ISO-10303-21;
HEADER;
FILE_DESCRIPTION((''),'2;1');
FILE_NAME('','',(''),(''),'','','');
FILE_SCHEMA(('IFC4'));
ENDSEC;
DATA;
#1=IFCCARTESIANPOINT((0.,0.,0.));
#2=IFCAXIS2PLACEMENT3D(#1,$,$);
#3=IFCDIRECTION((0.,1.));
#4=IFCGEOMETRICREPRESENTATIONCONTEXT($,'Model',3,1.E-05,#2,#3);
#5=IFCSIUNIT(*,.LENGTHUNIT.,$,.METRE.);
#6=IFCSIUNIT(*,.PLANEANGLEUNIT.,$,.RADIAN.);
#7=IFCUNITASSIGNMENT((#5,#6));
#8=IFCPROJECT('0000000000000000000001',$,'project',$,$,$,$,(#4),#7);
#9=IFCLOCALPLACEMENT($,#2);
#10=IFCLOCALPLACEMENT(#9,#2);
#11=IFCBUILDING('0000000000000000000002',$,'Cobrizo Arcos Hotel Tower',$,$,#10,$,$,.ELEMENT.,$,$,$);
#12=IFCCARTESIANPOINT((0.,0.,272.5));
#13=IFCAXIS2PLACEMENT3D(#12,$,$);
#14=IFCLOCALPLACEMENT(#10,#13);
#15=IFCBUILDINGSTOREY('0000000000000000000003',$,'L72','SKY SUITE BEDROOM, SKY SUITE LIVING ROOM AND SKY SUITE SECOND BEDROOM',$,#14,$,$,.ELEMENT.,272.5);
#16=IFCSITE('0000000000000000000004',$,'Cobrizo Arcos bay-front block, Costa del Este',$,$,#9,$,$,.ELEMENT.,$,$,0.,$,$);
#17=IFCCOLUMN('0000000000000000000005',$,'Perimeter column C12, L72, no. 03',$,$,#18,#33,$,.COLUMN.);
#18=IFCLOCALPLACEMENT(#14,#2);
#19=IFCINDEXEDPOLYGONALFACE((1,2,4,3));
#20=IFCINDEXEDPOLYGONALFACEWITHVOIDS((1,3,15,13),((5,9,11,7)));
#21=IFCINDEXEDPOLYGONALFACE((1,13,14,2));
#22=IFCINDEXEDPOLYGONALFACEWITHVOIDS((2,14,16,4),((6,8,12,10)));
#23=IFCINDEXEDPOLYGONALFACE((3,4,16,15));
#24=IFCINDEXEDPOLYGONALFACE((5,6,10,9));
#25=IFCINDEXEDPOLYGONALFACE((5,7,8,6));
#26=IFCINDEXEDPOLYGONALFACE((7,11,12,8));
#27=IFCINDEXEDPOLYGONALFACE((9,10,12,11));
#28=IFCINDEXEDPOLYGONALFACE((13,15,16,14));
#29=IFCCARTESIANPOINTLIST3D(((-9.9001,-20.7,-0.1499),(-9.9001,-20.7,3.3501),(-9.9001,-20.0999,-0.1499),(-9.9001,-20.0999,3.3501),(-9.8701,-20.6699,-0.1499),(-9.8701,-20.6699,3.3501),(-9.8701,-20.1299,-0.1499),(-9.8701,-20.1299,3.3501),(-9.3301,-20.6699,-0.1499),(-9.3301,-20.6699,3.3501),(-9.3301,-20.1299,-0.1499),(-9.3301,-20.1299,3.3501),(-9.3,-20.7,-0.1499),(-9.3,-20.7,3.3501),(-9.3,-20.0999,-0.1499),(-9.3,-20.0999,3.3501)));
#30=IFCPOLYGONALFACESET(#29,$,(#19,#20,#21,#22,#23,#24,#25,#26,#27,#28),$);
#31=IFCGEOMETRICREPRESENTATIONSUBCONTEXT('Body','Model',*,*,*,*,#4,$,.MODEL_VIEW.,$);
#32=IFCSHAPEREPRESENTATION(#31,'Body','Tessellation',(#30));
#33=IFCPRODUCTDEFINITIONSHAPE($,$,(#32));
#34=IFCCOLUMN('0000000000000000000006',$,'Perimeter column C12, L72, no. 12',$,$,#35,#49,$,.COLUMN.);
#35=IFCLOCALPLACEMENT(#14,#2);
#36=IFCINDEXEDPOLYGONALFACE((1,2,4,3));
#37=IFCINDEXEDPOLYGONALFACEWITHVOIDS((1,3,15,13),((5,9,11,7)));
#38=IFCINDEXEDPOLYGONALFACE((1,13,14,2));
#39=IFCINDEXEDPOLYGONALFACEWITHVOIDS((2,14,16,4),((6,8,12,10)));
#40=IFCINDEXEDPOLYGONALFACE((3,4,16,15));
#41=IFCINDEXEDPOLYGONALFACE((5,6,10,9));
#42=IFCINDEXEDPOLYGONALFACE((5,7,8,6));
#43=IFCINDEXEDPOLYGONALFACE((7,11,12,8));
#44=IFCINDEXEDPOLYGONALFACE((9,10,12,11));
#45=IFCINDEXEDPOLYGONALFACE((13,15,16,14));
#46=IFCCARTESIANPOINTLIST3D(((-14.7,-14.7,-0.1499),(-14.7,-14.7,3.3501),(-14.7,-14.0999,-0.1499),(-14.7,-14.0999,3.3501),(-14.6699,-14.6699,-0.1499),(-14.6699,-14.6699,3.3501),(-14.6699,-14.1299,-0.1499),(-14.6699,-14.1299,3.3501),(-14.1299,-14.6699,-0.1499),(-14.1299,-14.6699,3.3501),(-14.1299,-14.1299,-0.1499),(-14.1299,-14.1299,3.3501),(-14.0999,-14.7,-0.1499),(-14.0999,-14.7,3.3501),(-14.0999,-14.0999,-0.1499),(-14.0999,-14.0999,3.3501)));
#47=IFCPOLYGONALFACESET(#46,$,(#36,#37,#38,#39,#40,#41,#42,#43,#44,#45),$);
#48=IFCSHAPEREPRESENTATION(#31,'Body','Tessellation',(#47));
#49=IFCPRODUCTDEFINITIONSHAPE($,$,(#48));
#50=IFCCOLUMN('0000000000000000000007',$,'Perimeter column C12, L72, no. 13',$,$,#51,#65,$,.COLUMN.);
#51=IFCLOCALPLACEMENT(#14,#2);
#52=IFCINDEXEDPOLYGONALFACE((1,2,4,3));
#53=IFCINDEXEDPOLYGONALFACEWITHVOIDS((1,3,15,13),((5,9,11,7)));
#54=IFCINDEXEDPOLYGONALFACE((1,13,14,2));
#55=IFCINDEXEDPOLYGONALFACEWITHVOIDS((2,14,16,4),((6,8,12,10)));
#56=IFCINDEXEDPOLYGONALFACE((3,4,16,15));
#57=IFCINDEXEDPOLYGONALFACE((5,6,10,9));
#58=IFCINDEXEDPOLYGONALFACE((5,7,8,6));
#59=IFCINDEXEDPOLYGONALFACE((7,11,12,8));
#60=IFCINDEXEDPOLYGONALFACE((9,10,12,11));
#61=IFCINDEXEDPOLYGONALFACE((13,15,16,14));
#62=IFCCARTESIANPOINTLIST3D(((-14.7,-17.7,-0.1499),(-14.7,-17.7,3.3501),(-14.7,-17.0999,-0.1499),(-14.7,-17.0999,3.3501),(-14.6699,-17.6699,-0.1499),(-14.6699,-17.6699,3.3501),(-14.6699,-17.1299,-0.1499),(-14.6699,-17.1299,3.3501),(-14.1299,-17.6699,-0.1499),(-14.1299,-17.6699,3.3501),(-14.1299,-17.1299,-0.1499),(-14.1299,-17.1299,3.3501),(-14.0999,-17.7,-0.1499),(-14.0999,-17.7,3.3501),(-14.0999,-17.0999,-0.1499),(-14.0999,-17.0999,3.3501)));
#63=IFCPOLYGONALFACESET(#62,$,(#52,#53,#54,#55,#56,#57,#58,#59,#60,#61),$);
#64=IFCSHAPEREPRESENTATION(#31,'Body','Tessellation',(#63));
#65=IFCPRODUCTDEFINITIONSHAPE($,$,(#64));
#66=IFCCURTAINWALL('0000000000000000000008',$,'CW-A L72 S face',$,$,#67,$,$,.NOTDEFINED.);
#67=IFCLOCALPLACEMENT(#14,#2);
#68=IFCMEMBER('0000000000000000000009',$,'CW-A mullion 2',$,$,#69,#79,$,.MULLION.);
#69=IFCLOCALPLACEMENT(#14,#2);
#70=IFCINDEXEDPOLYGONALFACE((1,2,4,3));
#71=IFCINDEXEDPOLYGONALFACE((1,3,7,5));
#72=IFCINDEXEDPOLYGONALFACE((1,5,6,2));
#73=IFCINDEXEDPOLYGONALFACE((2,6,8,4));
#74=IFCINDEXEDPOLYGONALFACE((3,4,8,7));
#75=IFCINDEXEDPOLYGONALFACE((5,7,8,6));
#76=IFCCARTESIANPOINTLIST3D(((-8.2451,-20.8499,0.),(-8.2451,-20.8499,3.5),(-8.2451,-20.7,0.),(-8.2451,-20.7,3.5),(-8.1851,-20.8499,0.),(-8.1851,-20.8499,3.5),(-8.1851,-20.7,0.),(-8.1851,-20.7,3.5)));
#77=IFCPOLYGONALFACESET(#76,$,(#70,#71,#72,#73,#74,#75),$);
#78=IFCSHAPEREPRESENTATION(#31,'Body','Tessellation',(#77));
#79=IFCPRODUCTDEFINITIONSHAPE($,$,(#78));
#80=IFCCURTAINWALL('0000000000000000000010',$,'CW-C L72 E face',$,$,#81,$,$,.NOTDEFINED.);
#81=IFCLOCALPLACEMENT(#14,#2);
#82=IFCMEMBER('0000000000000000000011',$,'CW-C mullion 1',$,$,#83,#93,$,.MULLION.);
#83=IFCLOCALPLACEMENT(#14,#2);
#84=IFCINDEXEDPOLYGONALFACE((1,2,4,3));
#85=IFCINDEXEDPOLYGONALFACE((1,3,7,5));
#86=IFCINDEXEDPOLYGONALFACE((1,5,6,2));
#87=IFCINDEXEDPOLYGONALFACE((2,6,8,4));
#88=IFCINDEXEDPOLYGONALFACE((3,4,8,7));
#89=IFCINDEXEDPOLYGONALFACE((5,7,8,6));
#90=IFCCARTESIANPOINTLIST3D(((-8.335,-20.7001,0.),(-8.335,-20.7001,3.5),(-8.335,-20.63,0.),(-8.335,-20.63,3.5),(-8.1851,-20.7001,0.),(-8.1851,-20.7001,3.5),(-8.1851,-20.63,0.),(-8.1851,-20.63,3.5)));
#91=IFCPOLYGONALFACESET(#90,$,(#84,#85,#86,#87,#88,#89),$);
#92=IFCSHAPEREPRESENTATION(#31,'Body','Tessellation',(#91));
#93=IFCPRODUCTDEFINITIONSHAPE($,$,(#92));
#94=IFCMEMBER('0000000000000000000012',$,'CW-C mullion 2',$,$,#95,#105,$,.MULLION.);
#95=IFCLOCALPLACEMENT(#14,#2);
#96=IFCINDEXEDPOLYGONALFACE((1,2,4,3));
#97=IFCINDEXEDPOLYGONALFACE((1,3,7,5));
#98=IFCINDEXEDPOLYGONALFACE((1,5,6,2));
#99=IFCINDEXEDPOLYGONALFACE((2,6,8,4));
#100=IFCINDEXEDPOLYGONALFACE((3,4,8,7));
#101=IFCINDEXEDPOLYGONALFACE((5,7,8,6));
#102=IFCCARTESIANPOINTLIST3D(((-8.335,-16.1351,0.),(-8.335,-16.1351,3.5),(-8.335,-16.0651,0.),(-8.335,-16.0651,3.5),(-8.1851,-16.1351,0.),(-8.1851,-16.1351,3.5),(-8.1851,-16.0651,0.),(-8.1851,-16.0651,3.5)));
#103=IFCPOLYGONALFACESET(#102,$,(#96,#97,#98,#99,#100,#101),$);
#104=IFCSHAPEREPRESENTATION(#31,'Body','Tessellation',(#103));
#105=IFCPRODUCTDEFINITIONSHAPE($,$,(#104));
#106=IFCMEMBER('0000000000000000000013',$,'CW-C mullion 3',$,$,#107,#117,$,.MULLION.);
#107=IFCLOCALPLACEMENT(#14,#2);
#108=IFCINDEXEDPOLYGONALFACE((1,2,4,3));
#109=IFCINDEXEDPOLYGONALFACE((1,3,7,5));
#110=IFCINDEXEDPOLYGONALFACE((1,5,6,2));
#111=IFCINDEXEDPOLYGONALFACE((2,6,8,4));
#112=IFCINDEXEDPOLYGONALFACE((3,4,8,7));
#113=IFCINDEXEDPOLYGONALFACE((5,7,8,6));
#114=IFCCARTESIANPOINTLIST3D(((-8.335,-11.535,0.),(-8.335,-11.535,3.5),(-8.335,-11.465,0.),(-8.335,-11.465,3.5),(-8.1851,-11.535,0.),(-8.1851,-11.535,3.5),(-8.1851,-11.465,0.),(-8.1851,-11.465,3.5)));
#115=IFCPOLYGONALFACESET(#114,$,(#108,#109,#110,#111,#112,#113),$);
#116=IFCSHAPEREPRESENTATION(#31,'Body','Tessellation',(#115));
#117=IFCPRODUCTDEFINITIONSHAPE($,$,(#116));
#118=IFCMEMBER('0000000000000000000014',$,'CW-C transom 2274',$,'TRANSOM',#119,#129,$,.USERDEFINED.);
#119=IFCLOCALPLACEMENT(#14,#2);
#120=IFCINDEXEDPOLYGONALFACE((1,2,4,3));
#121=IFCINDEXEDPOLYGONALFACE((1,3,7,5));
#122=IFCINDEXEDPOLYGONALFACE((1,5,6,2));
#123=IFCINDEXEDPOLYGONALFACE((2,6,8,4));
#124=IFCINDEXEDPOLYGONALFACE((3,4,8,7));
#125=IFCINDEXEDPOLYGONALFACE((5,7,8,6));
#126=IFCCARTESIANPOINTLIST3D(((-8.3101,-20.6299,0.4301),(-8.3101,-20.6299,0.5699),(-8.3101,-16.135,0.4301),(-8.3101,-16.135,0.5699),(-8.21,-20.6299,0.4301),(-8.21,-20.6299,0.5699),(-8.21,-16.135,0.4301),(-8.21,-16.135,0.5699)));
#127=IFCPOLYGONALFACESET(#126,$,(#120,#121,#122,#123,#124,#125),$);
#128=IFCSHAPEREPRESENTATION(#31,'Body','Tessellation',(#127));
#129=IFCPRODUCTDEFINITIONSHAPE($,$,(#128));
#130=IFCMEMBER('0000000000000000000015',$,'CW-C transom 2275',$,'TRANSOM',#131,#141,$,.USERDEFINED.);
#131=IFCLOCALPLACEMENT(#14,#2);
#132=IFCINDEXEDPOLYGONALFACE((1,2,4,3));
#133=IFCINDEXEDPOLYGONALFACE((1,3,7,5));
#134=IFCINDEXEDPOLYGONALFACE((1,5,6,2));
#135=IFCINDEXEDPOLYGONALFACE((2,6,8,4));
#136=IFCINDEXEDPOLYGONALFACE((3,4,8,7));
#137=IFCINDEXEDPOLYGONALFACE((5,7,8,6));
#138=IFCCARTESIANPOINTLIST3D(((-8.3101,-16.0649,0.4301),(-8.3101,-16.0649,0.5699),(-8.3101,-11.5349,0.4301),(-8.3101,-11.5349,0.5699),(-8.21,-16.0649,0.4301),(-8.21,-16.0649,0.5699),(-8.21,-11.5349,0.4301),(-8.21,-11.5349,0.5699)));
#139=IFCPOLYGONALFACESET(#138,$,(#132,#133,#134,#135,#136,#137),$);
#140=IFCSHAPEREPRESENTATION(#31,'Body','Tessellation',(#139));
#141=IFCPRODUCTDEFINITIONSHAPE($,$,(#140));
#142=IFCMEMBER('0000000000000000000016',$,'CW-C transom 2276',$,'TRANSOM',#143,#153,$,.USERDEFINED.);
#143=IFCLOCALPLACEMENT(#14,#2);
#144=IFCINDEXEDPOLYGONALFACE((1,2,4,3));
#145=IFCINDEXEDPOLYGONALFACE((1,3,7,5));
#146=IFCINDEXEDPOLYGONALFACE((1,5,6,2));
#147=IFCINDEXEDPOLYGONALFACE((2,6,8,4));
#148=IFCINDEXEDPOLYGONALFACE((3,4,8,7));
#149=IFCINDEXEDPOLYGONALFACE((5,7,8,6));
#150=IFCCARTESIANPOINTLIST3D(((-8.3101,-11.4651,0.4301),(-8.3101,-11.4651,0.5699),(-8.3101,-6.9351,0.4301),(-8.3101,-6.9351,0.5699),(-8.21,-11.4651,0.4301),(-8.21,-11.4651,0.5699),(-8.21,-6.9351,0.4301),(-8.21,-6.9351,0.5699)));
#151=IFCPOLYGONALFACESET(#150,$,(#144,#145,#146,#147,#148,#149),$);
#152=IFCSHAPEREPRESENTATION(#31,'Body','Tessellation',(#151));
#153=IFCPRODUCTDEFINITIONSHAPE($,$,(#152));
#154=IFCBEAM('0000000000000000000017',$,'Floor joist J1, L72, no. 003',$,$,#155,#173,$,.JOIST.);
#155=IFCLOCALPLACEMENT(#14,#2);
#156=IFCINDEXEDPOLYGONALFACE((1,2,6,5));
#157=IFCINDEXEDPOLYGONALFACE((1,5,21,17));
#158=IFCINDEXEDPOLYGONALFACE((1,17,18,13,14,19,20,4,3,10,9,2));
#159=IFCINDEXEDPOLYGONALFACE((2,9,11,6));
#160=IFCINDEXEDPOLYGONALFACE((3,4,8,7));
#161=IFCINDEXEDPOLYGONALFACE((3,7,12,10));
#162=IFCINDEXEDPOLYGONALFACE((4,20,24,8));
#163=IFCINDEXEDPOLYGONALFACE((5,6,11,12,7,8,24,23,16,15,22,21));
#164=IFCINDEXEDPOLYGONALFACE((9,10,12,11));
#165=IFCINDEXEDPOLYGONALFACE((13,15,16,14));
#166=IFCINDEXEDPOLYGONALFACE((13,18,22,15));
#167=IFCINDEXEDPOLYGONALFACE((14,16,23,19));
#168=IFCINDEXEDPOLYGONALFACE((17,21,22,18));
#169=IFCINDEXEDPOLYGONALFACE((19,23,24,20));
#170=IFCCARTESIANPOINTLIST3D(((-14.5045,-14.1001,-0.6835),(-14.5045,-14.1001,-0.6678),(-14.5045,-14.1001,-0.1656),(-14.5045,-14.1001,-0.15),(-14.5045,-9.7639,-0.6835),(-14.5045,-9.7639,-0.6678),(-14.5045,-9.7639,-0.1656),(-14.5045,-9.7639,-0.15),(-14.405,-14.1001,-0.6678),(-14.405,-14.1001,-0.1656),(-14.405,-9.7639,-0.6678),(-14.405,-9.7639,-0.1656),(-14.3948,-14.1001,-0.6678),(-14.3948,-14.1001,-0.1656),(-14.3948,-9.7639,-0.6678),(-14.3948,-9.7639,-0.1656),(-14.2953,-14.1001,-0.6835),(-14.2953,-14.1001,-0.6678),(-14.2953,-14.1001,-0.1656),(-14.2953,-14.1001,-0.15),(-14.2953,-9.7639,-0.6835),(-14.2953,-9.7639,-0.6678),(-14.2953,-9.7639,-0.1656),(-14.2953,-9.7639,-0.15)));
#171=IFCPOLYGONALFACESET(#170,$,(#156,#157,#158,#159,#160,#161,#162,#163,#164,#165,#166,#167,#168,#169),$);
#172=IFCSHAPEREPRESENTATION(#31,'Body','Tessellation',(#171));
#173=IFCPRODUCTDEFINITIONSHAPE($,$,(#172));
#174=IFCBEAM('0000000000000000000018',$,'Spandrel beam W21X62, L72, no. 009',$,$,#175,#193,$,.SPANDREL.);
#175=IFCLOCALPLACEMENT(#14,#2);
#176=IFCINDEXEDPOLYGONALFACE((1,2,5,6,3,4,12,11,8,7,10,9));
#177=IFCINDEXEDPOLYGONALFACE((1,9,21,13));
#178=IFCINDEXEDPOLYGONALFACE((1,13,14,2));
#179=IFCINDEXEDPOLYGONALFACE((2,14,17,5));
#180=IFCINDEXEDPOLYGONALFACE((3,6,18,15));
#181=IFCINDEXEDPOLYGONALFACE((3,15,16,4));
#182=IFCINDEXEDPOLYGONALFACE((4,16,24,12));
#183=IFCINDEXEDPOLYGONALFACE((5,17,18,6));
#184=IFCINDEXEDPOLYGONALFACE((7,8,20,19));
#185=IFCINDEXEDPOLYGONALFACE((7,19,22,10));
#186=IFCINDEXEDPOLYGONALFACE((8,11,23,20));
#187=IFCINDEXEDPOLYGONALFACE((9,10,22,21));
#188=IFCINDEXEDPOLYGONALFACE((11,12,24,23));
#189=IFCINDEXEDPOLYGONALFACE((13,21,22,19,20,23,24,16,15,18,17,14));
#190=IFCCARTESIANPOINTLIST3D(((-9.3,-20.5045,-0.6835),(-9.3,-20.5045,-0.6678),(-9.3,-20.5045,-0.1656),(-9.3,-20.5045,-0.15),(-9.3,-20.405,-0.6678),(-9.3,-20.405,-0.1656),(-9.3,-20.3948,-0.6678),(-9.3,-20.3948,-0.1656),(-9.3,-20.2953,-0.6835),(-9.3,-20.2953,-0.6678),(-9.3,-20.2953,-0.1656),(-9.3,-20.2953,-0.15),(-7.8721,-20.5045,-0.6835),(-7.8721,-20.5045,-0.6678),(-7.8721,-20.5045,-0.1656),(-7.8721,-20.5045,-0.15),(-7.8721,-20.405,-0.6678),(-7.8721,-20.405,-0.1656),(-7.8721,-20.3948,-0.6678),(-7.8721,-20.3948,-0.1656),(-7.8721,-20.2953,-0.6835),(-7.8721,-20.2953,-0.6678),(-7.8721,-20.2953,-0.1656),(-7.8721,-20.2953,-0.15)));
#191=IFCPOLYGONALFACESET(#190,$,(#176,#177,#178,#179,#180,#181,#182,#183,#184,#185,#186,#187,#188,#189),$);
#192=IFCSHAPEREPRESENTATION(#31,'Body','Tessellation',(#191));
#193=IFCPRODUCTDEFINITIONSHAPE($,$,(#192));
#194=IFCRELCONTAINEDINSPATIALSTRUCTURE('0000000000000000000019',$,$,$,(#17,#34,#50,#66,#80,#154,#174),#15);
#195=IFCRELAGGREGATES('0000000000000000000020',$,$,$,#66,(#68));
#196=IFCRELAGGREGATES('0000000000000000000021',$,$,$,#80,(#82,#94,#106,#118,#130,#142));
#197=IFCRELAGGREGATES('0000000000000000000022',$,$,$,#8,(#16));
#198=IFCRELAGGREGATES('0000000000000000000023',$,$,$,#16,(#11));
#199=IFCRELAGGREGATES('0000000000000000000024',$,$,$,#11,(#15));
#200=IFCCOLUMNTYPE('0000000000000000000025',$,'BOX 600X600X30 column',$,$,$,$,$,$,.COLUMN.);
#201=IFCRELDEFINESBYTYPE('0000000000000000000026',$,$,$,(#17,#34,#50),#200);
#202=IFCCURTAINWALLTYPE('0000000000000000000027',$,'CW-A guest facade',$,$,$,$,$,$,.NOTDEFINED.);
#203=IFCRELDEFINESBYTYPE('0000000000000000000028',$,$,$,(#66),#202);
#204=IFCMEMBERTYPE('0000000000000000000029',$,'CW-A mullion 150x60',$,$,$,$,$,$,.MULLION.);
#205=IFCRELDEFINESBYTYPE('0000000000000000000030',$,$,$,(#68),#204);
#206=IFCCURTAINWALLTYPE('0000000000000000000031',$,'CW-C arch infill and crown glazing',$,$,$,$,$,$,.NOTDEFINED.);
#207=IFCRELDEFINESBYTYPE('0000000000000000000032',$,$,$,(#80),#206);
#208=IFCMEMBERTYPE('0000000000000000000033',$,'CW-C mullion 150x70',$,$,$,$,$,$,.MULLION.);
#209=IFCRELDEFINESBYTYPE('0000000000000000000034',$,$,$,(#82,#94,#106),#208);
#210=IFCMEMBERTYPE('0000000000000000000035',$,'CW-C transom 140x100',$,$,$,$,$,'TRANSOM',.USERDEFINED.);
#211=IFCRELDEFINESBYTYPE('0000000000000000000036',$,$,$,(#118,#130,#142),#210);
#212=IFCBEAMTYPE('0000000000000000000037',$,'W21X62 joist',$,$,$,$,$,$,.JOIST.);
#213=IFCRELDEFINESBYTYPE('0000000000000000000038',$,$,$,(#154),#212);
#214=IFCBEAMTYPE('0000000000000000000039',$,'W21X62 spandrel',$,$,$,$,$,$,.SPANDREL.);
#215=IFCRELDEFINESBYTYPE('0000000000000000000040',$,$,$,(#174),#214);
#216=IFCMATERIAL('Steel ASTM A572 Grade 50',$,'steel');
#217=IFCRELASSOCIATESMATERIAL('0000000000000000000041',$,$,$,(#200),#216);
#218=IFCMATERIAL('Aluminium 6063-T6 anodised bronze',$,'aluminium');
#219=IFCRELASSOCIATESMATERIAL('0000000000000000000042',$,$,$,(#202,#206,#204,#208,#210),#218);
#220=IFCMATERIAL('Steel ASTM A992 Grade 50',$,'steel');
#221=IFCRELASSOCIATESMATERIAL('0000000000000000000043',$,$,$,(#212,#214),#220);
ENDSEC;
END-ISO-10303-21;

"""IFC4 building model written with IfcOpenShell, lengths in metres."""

from ifc_helpers import new_model, si_unit, direction, frame, origin, origin_2d, place, context, subcontext, project, spatial, rectangle, hollow_rectangle, i_section, extrude, material, material_profile, profile_set, type_object, element, aggregate, save


model = new_model("IFC4")

# Units and contexts
model_context = context("Model", 3, precision=1e-05, world=origin(), true_north=direction((0.0, 1.0)))
body_context = subcontext(model_context, "Body", "Model", "MODEL_VIEW")
ifc_project = project(units=[si_unit("LENGTHUNIT", "METRE"), si_unit("PLANEANGLEUNIT", "RADIAN")], contexts=[model_context])

# Site, building, storey
site_placement = place(None, origin())
site = spatial("IfcSite", under=ifc_project, at=site_placement, Name="Cobrizo Arcos bay-front block, Costa del Este", CompositionType="ELEMENT", RefElevation=0.0)
building_placement = place(site_placement, origin())
building = spatial("IfcBuilding", under=site, at=building_placement, Name="Cobrizo Arcos Hotel Tower", CompositionType="ELEMENT")
storey_placement = place(building_placement, frame((0.0, 0.0, 272.5)))
storey = spatial("IfcBuildingStorey", under=building, at=storey_placement, Name="L72", Description="SKY SUITE BEDROOM, SKY SUITE LIVING ROOM AND SKY SUITE SECOND BEDROOM", CompositionType="ELEMENT", Elevation=272.5)

# Columns
ifc_material_1 = material(Name="Steel ASTM A572 Grade 50", Category="steel")
ifc_material_profile_1 = material_profile(ifc_material_1, hollow_rectangle(XDim=0.6001, YDim=0.6001, WallThickness=0.03, at=origin_2d()), Name="BOX 600X600X30")
ifc_profile_set_1 = profile_set([ifc_material_profile_1], Name="Steel ASTM A572 Grade 50")
column_type = type_object("IfcColumnType", Name="BOX 600X600X30 column", PredefinedType="COLUMN", material=ifc_profile_set_1)
for number, where, z_axis, x_axis, name in (
    (1, (-9.6001, -20.3999, -0.1499), (0.0, 0.0, 1.0), (1.0, 0.0, 0.0), "Perimeter column C12, L72, no. 03"),
    (2, (-14.3999, -14.3999, -0.1499), (0.0, 0.0, 1.0), (1.0, 0.0, 0.0), "Perimeter column C12, L72, no. 12"),
    (3, (-14.3999, -17.3999, -0.1499), (0.0, 0.0, 1.0), (1.0, 0.0, 0.0), "Perimeter column C12, L72, no. 13"),
):
    element("IfcColumn", number, at=place(storey_placement, frame(where, z_axis=z_axis, x_axis=x_axis)), inside=storey, type_object=column_type, Name=name, PredefinedType="COLUMN", context=body_context, shape_type="SweptSolid", body=[
        extrude(hollow_rectangle(XDim=0.6001, YDim=0.6001, WallThickness=0.03, at=origin_2d()), origin(), (0.0, 0.0, 1.0), 3.5),
    ])

# Curtain wall, member
ifc_material_2 = material(Name="Aluminium 6063-T6 anodised bronze", Category="aluminium")
curtain_wall_type_1 = type_object("IfcCurtainWallType", Name="CW-A guest facade", PredefinedType="NOTDEFINED", material=ifc_material_2)
curtain_wall_1_placement = place(storey_placement, origin())
curtain_wall_1 = element("IfcCurtainWall", 4, at=curtain_wall_1_placement, inside=storey, type_object=curtain_wall_type_1, Name="CW-A L72 S face", PredefinedType="NOTDEFINED")
ifc_material_profile_2 = material_profile(ifc_material_2, rectangle(XDim=0.1499, YDim=0.0601, at=origin_2d()), Name="CW-A mullion 150x60")
ifc_profile_set_2 = profile_set([ifc_material_profile_2], Name="Aluminium 6063-T6 anodised bronze")
member_type_1 = type_object("IfcMemberType", Name="CW-A mullion 150x60", PredefinedType="MULLION", material=ifc_profile_set_2)
member_1_placement = place(storey_placement, frame((-8.2151, -20.7749, 0.0), z_axis=(0.0, 0.0, 1.0), x_axis=(0.0, -1.0, 0.0)))
member_1 = element("IfcMember", 5, at=member_1_placement, type_object=member_type_1, Name="CW-A mullion 2", PredefinedType="MULLION", context=body_context, shape_type="SweptSolid", body=[
    extrude(rectangle(XDim=0.1499, YDim=0.0601, at=origin_2d()), origin(), (0.0, 0.0, 1.0), 3.5),
])

# Curtain wall, members
curtain_wall_type_2 = type_object("IfcCurtainWallType", Name="CW-C arch infill and crown glazing", PredefinedType="NOTDEFINED", material=ifc_material_2)
curtain_wall_2_placement = place(storey_placement, origin())
curtain_wall_2 = element("IfcCurtainWall", 6, at=curtain_wall_2_placement, inside=storey, type_object=curtain_wall_type_2, Name="CW-C L72 E face", PredefinedType="NOTDEFINED")
ifc_material_profile_3 = material_profile(ifc_material_2, rectangle(XDim=0.1499, YDim=0.0701, at=origin_2d()), Name="CW-C mullion 150x70")
ifc_profile_set_3 = profile_set([ifc_material_profile_3], Name="Aluminium 6063-T6 anodised bronze")
member_type_2 = type_object("IfcMemberType", Name="CW-C mullion 150x70", PredefinedType="MULLION", material=ifc_profile_set_3)
member_2_placement = place(storey_placement, frame((-8.26, -20.665, 0.0), z_axis=(0.0, 0.0, 1.0), x_axis=(1.0, 0.0, 0.0)))
member_2 = element("IfcMember", 7, at=member_2_placement, type_object=member_type_2, Name="CW-C mullion 1", PredefinedType="MULLION", context=body_context, shape_type="SweptSolid", body=[
    extrude(rectangle(XDim=0.1499, YDim=0.0701, at=origin_2d()), origin(), (0.0, 0.0, 1.0), 3.5),
])
member_3_placement = place(storey_placement, frame((-8.26, -16.1001, 0.0), z_axis=(0.0, 0.0, 1.0), x_axis=(1.0, 0.0, 0.0)))
member_3 = element("IfcMember", 8, at=member_3_placement, type_object=member_type_2, Name="CW-C mullion 2", PredefinedType="MULLION", context=body_context, shape_type="SweptSolid", body=[
    extrude(rectangle(XDim=0.1499, YDim=0.0701, at=origin_2d()), origin(), (0.0, 0.0, 1.0), 3.5),
])
member_4_placement = place(storey_placement, frame((-8.26, -11.5, 0.0), z_axis=(0.0, 0.0, 1.0), x_axis=(1.0, 0.0, 0.0)))
member_4 = element("IfcMember", 9, at=member_4_placement, type_object=member_type_2, Name="CW-C mullion 3", PredefinedType="MULLION", context=body_context, shape_type="SweptSolid", body=[
    extrude(rectangle(XDim=0.1499, YDim=0.0701, at=origin_2d()), origin(), (0.0, 0.0, 1.0), 3.5),
])
ifc_material_profile_4 = material_profile(ifc_material_2, rectangle(XDim=0.1001, YDim=0.1399, at=origin_2d()), Name="CW-C transom 140x100")
ifc_profile_set_4 = profile_set([ifc_material_profile_4], Name="Aluminium 6063-T6 anodised bronze")
member_type_3 = type_object("IfcMemberType", Name="CW-C transom 140x100", ElementType="TRANSOM", PredefinedType="USERDEFINED", material=ifc_profile_set_4)
member_5_placement = place(storey_placement, frame((-8.26, -20.6299, 0.5), z_axis=(0.0, 1.0, 0.0), x_axis=(-1.0, 0.0, 0.0)))
member_5 = element("IfcMember", 10, at=member_5_placement, type_object=member_type_3, Name="CW-C transom 2274", ObjectType="TRANSOM", PredefinedType="USERDEFINED", context=body_context, shape_type="SweptSolid", body=[
    extrude(rectangle(XDim=0.1001, YDim=0.1399, at=origin_2d()), origin(), (0.0, 0.0, 1.0), 4.4949),
])
member_6_placement = place(storey_placement, frame((-8.26, -16.0649, 0.5), z_axis=(0.0, 1.0, 0.0), x_axis=(-1.0, 0.0, 0.0)))
member_6 = element("IfcMember", 11, at=member_6_placement, type_object=member_type_3, Name="CW-C transom 2275", ObjectType="TRANSOM", PredefinedType="USERDEFINED", context=body_context, shape_type="SweptSolid", body=[
    extrude(rectangle(XDim=0.1001, YDim=0.1399, at=origin_2d()), origin(), (0.0, 0.0, 1.0), 4.53),
])
member_7_placement = place(storey_placement, frame((-8.26, -11.4651, 0.5), z_axis=(0.0, 1.0, 0.0), x_axis=(-1.0, 0.0, 0.0)))
member_7 = element("IfcMember", 12, at=member_7_placement, type_object=member_type_3, Name="CW-C transom 2276", ObjectType="TRANSOM", PredefinedType="USERDEFINED", context=body_context, shape_type="SweptSolid", body=[
    extrude(rectangle(XDim=0.1001, YDim=0.1399, at=origin_2d()), origin(), (0.0, 0.0, 1.0), 4.53),
])

# Beams
ifc_material_3 = material(Name="Steel ASTM A992 Grade 50", Category="steel")
ifc_material_profile_5 = material_profile(ifc_material_3, i_section(OverallWidth=0.2092, OverallDepth=0.5334, WebThickness=0.0103, FlangeThickness=0.0156, at=origin_2d()), Name="W21X62")
ifc_profile_set_5 = profile_set([ifc_material_profile_5], Name="Steel ASTM A992 Grade 50")
beam_type_1 = type_object("IfcBeamType", Name="W21X62 joist", PredefinedType="JOIST", material=ifc_profile_set_5)
beam_1_placement = place(storey_placement, frame((-14.3999, -14.1001, -0.4167), z_axis=(0.0, 1.0, 0.0), x_axis=(-1.0, 0.0, 0.0)))
element("IfcBeam", 13, at=beam_1_placement, inside=storey, type_object=beam_type_1, Name="Floor joist J1, L72, no. 003", PredefinedType="JOIST", context=body_context, shape_type="SweptSolid", body=[
    extrude(i_section(OverallWidth=0.2092, OverallDepth=0.5334, WebThickness=0.0103, FlangeThickness=0.0156, at=origin_2d()), origin(), (0.0, 0.0, 1.0), 4.3362),
])
ifc_material_profile_6 = material_profile(ifc_material_3, i_section(OverallWidth=0.2092, OverallDepth=0.5334, WebThickness=0.0103, FlangeThickness=0.0156, at=origin_2d()), Name="W21X62")
ifc_profile_set_6 = profile_set([ifc_material_profile_6], Name="Steel ASTM A992 Grade 50")
beam_type_2 = type_object("IfcBeamType", Name="W21X62 spandrel", PredefinedType="SPANDREL", material=ifc_profile_set_6)
beam_2_placement = place(storey_placement, frame((-7.8721, -20.3999, -0.4167), z_axis=(-1.0, 0.0, 0.0), x_axis=(0.0, -1.0, 0.0)))
element("IfcBeam", 14, at=beam_2_placement, inside=storey, type_object=beam_type_2, Name="Spandrel beam W21X62, L72, no. 009", PredefinedType="SPANDREL", context=body_context, shape_type="SweptSolid", body=[
    extrude(i_section(OverallWidth=0.2092, OverallDepth=0.5334, WebThickness=0.0103, FlangeThickness=0.0156, at=origin_2d()), origin(), (0.0, 0.0, 1.0), 1.428),
])

aggregate(curtain_wall_1, [member_1])
aggregate(curtain_wall_2, [member_2, member_3, member_4, member_5, member_6, member_7])

save(model, "model.ifc")
